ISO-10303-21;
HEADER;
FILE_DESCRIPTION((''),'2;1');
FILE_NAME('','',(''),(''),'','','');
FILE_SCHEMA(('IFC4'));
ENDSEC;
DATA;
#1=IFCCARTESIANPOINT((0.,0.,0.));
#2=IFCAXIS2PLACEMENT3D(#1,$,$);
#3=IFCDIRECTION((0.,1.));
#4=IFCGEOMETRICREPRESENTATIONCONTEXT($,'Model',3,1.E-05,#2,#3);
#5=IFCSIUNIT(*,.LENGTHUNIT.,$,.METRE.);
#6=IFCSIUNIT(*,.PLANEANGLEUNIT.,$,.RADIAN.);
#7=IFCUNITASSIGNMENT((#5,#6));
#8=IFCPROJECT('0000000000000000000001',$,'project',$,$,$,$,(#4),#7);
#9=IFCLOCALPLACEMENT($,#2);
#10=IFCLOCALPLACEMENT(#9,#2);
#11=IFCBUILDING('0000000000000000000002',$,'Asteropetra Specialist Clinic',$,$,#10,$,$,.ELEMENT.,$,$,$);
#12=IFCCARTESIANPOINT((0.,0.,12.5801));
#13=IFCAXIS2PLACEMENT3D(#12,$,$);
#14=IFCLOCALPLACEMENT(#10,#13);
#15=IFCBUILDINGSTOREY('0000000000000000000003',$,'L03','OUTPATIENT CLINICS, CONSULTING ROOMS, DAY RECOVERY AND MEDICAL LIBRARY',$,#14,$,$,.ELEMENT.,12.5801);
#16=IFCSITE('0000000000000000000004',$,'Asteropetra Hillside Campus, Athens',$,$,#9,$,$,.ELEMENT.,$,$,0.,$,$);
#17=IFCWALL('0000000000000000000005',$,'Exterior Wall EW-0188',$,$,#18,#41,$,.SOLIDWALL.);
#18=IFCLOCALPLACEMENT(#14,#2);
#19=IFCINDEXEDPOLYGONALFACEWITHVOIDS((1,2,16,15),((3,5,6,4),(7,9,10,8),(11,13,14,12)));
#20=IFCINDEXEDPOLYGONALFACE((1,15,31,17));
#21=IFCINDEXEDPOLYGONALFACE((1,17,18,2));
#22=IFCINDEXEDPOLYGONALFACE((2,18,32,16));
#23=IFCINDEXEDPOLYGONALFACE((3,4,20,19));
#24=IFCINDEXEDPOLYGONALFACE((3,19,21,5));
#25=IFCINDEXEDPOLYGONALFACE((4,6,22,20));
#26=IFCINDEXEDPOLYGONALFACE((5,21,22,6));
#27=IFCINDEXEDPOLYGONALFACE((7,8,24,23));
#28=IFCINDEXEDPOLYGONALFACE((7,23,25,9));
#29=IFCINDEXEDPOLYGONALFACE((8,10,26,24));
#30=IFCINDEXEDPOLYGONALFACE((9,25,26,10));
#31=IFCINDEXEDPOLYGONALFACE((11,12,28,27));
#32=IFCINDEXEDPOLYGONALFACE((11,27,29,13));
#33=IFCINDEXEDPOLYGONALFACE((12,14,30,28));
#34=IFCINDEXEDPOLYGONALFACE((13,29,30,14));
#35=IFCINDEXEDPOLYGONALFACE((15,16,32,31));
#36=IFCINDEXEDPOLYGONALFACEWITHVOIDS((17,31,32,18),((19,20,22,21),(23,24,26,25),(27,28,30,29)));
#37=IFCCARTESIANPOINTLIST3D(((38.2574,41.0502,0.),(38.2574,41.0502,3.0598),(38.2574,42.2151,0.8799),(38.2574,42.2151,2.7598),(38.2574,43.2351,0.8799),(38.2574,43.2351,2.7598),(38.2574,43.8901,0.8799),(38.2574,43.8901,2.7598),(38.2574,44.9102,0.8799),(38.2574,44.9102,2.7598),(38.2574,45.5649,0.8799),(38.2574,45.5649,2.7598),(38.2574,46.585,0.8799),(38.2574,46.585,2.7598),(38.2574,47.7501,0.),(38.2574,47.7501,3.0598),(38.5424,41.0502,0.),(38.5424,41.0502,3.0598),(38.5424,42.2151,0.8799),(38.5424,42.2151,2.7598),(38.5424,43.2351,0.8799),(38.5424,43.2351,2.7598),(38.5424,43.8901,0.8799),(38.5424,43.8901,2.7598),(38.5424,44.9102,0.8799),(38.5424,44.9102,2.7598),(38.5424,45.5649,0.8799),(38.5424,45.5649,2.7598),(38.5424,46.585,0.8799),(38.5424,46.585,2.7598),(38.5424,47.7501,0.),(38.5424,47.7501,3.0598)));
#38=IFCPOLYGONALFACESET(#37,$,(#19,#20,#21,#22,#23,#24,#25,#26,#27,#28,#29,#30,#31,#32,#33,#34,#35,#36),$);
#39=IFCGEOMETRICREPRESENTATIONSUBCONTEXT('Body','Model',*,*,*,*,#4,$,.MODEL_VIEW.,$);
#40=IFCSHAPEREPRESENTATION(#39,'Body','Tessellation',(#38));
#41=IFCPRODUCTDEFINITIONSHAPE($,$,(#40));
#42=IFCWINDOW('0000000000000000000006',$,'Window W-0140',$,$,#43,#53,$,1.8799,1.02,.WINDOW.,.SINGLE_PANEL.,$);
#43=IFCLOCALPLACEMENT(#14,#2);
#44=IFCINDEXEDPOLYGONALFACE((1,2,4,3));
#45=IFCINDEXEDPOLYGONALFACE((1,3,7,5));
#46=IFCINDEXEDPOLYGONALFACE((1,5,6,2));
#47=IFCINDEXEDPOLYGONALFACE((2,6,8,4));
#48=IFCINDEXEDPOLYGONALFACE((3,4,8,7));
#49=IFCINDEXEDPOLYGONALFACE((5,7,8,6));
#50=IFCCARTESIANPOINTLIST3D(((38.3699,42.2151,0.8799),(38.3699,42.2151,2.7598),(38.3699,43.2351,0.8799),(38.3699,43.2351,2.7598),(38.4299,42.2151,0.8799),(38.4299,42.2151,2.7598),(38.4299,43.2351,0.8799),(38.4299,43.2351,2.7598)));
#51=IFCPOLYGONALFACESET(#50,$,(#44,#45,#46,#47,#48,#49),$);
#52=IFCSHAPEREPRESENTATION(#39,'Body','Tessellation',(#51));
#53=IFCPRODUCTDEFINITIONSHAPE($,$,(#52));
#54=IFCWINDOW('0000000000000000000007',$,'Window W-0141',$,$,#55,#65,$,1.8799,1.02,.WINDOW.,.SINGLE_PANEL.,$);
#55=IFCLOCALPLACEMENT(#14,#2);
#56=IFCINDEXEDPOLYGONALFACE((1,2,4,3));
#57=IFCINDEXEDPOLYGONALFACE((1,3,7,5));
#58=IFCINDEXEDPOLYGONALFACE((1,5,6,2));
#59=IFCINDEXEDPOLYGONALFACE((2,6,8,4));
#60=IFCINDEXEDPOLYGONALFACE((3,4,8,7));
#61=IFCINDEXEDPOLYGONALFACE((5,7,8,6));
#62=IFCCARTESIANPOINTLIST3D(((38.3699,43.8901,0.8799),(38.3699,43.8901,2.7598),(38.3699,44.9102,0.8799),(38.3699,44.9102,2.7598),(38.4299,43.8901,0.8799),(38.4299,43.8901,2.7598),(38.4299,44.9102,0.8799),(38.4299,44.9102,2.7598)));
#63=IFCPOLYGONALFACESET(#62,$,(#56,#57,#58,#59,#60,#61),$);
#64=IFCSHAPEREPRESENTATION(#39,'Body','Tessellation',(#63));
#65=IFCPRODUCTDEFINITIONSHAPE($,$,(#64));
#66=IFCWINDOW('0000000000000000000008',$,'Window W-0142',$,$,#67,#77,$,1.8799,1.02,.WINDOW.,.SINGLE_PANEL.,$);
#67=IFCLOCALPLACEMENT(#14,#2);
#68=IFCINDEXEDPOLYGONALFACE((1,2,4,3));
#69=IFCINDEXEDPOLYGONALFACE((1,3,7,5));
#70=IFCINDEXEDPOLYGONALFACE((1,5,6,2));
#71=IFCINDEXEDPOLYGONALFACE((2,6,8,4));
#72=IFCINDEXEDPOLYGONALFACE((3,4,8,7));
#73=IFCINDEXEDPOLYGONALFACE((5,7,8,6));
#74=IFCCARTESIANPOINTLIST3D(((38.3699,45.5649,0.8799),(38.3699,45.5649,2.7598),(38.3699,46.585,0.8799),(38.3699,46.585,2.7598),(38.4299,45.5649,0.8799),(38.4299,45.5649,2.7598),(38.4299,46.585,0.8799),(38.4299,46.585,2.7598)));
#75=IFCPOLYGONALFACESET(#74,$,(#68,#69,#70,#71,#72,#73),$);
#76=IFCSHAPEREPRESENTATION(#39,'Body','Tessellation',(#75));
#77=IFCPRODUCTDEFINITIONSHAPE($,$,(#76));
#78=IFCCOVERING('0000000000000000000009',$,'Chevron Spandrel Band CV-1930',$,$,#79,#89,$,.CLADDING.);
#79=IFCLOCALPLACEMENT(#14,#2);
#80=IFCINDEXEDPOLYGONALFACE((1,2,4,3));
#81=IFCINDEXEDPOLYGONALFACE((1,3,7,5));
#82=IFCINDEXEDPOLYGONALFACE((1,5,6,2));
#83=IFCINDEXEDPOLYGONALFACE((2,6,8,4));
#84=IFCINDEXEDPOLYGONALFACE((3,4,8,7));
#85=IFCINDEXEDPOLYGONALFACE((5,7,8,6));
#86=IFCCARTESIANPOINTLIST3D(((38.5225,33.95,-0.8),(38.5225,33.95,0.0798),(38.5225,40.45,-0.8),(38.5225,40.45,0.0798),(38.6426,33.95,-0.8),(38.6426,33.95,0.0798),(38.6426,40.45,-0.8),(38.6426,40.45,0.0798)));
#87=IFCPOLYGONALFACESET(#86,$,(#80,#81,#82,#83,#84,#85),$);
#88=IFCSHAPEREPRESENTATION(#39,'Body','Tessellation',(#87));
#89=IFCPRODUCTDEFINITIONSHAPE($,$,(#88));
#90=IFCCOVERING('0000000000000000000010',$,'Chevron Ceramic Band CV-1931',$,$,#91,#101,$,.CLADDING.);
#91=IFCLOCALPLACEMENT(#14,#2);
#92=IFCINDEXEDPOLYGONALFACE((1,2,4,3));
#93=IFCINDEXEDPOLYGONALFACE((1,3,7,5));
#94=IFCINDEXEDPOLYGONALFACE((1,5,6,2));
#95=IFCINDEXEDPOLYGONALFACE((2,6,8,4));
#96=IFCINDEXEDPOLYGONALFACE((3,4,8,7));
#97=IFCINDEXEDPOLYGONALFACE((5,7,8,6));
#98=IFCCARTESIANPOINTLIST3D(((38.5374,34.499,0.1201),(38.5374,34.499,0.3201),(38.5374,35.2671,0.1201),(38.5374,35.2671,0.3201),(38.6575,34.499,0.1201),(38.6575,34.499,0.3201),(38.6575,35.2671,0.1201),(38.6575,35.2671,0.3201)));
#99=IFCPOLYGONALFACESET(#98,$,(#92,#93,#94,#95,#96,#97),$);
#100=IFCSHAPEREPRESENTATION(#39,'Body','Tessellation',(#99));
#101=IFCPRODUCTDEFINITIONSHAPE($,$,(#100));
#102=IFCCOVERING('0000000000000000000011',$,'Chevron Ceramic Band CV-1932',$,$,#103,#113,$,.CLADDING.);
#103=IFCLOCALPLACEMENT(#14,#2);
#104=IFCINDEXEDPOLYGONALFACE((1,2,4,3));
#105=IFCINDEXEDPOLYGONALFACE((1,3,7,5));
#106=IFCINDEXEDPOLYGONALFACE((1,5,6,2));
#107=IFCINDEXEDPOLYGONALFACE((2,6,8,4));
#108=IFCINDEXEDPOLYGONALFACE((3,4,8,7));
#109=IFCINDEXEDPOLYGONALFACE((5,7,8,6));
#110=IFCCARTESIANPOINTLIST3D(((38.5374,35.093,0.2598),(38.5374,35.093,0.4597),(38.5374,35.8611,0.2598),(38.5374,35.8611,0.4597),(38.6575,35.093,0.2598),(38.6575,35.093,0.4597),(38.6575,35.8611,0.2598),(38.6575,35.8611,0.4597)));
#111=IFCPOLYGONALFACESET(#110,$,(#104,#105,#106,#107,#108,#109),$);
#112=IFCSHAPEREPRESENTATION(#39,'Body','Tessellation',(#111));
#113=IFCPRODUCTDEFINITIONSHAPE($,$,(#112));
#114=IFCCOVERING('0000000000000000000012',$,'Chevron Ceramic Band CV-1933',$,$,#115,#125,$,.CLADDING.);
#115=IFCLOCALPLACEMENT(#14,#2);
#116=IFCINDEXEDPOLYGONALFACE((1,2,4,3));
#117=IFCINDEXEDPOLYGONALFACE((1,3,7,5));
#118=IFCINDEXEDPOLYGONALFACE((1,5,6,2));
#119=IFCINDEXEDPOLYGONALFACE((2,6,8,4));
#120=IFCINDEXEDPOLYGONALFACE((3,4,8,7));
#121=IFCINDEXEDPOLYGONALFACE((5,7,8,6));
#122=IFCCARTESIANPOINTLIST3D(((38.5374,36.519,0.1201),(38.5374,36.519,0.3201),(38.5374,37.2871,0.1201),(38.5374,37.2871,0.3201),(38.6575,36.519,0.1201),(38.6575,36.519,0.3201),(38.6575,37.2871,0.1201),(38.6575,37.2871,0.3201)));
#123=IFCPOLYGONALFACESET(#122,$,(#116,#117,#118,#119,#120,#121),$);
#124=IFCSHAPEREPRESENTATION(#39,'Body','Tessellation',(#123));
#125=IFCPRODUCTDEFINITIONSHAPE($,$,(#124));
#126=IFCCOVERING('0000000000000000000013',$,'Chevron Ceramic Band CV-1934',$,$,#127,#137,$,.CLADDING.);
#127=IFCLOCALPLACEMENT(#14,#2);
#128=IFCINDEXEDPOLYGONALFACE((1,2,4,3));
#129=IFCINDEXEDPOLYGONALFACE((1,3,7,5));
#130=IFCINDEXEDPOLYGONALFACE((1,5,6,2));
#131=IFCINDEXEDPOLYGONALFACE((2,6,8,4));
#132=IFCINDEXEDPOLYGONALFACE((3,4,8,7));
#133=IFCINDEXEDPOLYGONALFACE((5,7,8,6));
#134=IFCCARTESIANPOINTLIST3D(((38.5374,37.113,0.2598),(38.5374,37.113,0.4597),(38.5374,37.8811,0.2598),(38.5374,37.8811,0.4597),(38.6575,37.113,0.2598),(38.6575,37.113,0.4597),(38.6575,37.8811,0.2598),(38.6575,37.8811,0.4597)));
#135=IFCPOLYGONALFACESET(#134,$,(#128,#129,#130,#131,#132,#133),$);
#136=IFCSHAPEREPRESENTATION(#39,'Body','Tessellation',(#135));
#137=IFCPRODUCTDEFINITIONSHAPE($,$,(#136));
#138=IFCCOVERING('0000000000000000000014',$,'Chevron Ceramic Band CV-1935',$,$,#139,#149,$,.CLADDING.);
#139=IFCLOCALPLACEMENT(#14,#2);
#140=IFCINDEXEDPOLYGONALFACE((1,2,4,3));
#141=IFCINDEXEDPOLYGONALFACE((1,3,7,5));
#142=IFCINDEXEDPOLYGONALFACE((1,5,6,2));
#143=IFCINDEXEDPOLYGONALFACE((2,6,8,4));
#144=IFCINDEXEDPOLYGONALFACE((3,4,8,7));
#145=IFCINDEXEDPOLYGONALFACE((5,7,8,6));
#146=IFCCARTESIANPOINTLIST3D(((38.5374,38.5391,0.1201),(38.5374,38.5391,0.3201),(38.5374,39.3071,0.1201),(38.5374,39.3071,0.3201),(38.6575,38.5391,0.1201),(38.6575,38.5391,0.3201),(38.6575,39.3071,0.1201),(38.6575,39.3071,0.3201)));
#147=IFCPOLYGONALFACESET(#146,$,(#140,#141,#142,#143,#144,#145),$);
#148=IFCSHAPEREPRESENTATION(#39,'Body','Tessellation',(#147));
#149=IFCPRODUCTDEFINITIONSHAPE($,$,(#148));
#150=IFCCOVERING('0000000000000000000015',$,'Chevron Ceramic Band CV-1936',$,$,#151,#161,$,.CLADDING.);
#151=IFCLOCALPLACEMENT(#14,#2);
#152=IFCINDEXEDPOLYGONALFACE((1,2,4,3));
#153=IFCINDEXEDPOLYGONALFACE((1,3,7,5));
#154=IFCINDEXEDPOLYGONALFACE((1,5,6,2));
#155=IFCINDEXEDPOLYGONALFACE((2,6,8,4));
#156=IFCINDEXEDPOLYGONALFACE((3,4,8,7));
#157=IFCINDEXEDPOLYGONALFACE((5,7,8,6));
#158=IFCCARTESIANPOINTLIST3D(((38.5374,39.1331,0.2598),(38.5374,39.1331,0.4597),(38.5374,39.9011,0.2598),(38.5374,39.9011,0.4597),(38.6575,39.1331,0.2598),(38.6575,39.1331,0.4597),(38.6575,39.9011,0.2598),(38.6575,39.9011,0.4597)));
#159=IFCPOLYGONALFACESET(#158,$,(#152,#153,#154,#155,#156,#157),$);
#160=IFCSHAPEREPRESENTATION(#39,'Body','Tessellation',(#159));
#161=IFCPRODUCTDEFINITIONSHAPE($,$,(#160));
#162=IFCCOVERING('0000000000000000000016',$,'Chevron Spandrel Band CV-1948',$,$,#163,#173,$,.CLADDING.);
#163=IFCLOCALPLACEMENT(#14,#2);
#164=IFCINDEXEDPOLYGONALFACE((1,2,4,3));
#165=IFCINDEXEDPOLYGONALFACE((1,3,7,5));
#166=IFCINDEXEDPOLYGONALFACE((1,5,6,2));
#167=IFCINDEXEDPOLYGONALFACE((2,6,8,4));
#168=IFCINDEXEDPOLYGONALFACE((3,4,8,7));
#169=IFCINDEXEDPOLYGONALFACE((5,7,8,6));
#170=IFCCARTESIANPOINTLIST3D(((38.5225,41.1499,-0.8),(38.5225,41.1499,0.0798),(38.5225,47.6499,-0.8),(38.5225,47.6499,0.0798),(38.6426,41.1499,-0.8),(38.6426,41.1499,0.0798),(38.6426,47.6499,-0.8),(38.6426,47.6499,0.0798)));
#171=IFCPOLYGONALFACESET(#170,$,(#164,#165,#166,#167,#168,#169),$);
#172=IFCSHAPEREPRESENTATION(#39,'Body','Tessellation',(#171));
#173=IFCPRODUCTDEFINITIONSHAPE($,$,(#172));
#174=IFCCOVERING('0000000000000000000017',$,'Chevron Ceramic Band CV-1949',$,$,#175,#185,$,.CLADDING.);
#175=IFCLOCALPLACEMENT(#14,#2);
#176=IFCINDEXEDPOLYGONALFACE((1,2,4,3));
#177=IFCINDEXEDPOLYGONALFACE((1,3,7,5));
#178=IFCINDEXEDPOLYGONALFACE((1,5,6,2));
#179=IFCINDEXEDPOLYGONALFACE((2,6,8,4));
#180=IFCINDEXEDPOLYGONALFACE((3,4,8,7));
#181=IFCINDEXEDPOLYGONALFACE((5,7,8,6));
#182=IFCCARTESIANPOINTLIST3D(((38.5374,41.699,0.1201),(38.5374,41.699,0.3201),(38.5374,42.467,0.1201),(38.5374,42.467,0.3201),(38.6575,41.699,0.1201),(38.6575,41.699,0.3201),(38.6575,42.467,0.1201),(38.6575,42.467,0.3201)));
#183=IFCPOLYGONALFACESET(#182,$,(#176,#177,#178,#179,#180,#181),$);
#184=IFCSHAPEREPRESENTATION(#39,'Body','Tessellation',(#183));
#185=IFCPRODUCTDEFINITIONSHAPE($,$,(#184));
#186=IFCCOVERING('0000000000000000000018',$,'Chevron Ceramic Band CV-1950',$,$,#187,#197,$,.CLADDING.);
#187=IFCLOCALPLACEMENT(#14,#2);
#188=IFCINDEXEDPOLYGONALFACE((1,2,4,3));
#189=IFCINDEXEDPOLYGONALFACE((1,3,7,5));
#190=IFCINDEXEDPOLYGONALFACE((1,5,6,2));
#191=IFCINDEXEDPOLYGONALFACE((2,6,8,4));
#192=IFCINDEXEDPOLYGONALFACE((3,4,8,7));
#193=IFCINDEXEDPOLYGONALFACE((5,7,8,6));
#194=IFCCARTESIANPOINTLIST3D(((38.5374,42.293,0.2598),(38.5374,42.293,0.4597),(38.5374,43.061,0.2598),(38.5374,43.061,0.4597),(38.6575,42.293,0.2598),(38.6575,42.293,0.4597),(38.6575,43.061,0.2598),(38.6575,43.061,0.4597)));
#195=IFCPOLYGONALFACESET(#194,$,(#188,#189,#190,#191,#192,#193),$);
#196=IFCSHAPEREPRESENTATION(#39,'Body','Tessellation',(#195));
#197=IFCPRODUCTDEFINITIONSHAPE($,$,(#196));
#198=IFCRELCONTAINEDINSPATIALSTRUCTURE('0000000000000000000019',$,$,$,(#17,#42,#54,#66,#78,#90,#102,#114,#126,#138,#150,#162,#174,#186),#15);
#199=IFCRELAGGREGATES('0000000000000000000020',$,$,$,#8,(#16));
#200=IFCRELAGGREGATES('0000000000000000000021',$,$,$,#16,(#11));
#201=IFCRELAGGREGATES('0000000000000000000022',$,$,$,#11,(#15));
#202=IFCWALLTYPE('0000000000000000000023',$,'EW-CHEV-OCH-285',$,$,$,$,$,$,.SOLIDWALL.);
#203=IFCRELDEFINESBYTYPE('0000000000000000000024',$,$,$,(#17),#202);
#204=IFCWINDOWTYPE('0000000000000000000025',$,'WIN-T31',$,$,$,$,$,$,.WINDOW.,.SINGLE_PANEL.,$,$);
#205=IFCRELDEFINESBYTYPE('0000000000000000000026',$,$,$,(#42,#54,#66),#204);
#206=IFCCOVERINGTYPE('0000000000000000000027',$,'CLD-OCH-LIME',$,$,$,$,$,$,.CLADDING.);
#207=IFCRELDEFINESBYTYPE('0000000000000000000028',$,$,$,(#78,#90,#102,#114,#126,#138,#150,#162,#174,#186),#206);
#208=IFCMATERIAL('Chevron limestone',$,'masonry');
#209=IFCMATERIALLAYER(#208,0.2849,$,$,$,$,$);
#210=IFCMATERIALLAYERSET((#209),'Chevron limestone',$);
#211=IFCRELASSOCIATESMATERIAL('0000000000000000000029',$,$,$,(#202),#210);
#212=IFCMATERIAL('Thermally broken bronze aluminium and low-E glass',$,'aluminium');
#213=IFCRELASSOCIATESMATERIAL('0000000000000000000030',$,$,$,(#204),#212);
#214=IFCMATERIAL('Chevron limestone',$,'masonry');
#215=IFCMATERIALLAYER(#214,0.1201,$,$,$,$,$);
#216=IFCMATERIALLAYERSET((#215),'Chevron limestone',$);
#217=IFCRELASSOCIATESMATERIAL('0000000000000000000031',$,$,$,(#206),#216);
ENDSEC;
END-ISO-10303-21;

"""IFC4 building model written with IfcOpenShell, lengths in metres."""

from ifc_helpers import new_model, si_unit, direction, frame, frame_2d, origin, origin_2d, place, context, subcontext, project, spatial, rectangle, extrude, material, layer, layer_set, type_object, element, fill, save


model = new_model("IFC4")

# Units and contexts
model_context = context("Model", 3, precision=1e-05, world=origin(), true_north=direction((0.0, 1.0)))
body_context = subcontext(model_context, "Body", "Model", "MODEL_VIEW")
ifc_project = project(units=[si_unit("LENGTHUNIT", "METRE"), si_unit("PLANEANGLEUNIT", "RADIAN")], contexts=[model_context])

# Site, building, storey
site_placement = place(None, origin())
site = spatial("IfcSite", under=ifc_project, at=site_placement, Name="Asteropetra Hillside Campus, Athens", CompositionType="ELEMENT", RefElevation=0.0)
building_placement = place(site_placement, origin())
building = spatial("IfcBuilding", under=site, at=building_placement, Name="Asteropetra Specialist Clinic", CompositionType="ELEMENT")
storey_placement = place(building_placement, frame((0.0, 0.0, 12.5801)))
storey = spatial("IfcBuildingStorey", under=building, at=storey_placement, Name="L03", Description="OUTPATIENT CLINICS, CONSULTING ROOMS, DAY RECOVERY AND MEDICAL LIBRARY", CompositionType="ELEMENT", Elevation=12.5801)

# Wall, openings, windows
ifc_material_1 = material(Name="Chevron limestone", Category="masonry")
ifc_layer_1 = layer(ifc_material_1, 0.2849)
ifc_layer_set_1 = layer_set([ifc_layer_1], Name="Chevron limestone")
wall_type = type_object("IfcWallType", Name="EW-CHEV-OCH-285", PredefinedType="SOLIDWALL", material=ifc_layer_set_1)
ifc_material_2 = material(Name="Thermally broken bronze aluminium and low-E glass", Category="aluminium")
window_type = type_object("IfcWindowType", Name="WIN-T31", PartitioningType="SINGLE_PANEL", PredefinedType="WINDOW", material=ifc_material_2)
wall_1_placement = place(storey_placement, frame((38.3999, 41.05, 0.0), z_axis=(0.0, 0.0, 1.0), x_axis=(0.0, 1.0, 0.0)))
wall_1 = element("IfcWall", 1, at=wall_1_placement, inside=storey, type_object=wall_type, Name="Exterior Wall EW-0188", PredefinedType="SOLIDWALL", context=body_context, shape_type="SweptSolid", body=[
    extrude(rectangle(XDim=6.7, YDim=0.2849, at=frame_2d((3.3501, 0.0))), origin(), (0.0, 0.0, 1.0), 3.0598),
])
opening_1_placement = place(wall_1_placement, frame((1.165, 0.0, 0.8799)))
opening_1 = element("IfcOpeningElement", 2, at=opening_1_placement, cuts=wall_1, PredefinedType="OPENING", context=body_context, shape_type="SweptSolid", body=[
    extrude(rectangle(XDim=1.02, YDim=1.8799, at=frame_2d((0.51, 0.9399))), frame((0.0, 0.1523, 0.0), z_axis=(0.0, -1.0, 0.0), x_axis=(1.0, 0.0, 0.0)), (0.0, 0.0, 1.0), 0.3049),
])
opening_2_placement = place(wall_1_placement, frame((2.8401, 0.0, 0.8799)))
opening_2 = element("IfcOpeningElement", 3, at=opening_2_placement, cuts=wall_1, PredefinedType="OPENING", context=body_context, shape_type="SweptSolid", body=[
    extrude(rectangle(XDim=1.02, YDim=1.8799, at=frame_2d((0.51, 0.9399))), frame((0.0, 0.1523, 0.0), z_axis=(0.0, -1.0, 0.0), x_axis=(1.0, 0.0, 0.0)), (0.0, 0.0, 1.0), 0.3049),
])
opening_3_placement = place(wall_1_placement, frame((4.5149, 0.0, 0.8799)))
opening_3 = element("IfcOpeningElement", 4, at=opening_3_placement, cuts=wall_1, PredefinedType="OPENING", context=body_context, shape_type="SweptSolid", body=[
    extrude(rectangle(XDim=1.02, YDim=1.8799, at=frame_2d((0.51, 0.9399))), frame((0.0, 0.1523, 0.0), z_axis=(0.0, -1.0, 0.0), x_axis=(1.0, 0.0, 0.0)), (0.0, 0.0, 1.0), 0.3049),
])
window_1_placement = place(opening_1_placement, origin())
window_1 = element("IfcWindow", 5, at=window_1_placement, inside=storey, type_object=window_type, Name="Window W-0140", OverallHeight=1.8799, OverallWidth=1.02, PartitioningType="SINGLE_PANEL", PredefinedType="WINDOW", context=body_context, shape_type="SweptSolid", body=[
    extrude(rectangle(XDim=1.02, YDim=1.8799, at=frame_2d((0.51, 0.9399))), frame((0.0, 0.03, 0.0), z_axis=(0.0, -1.0, 0.0), x_axis=(1.0, 0.0, 0.0)), (0.0, 0.0, 1.0), 0.0601),
])
fill(opening_1, window_1)
window_2_placement = place(opening_2_placement, origin())
window_2 = element("IfcWindow", 6, at=window_2_placement, inside=storey, type_object=window_type, Name="Window W-0141", OverallHeight=1.8799, OverallWidth=1.02, PartitioningType="SINGLE_PANEL", PredefinedType="WINDOW", context=body_context, shape_type="SweptSolid", body=[
    extrude(rectangle(XDim=1.02, YDim=1.8799, at=frame_2d((0.51, 0.9399))), frame((0.0, 0.03, 0.0), z_axis=(0.0, -1.0, 0.0), x_axis=(1.0, 0.0, 0.0)), (0.0, 0.0, 1.0), 0.0601),
])
fill(opening_2, window_2)
window_3_placement = place(opening_3_placement, origin())
window_3 = element("IfcWindow", 7, at=window_3_placement, inside=storey, type_object=window_type, Name="Window W-0142", OverallHeight=1.8799, OverallWidth=1.02, PartitioningType="SINGLE_PANEL", PredefinedType="WINDOW", context=body_context, shape_type="SweptSolid", body=[
    extrude(rectangle(XDim=1.02, YDim=1.8799, at=frame_2d((0.51, 0.9399))), frame((0.0, 0.03, 0.0), z_axis=(0.0, -1.0, 0.0), x_axis=(1.0, 0.0, 0.0)), (0.0, 0.0, 1.0), 0.0601),
])
fill(opening_3, window_3)

# Coverings
ifc_material_3 = material(Name="Chevron limestone", Category="masonry")
ifc_layer_2 = layer(ifc_material_3, 0.1201)
ifc_layer_set_2 = layer_set([ifc_layer_2], Name="Chevron limestone")
covering_type_1 = type_object("IfcCoveringType", Name="CLD-OCH-LIME", PredefinedType="CLADDING", material=ifc_layer_set_2)
covering_1_placement = place(storey_placement, frame((38.5825, 37.2, -0.8), z_axis=(0.0, 0.0, 1.0), x_axis=(1.0, 0.0, 0.0)))
element("IfcCovering", 8, at=covering_1_placement, inside=storey, type_object=covering_type_1, Name="Chevron Spandrel Band CV-1930", PredefinedType="CLADDING", context=body_context, shape_type="SweptSolid", body=[
    extrude(rectangle(XDim=0.1201, YDim=6.5, at=origin_2d()), origin(), (0.0, 0.0, 1.0), 0.8799),
])
for number, where, z_axis, x_axis, name in (
    (9, (38.5974, 34.8831, 0.1201), (0.0, 0.0, 1.0), (1.0, 0.0, 0.0), "Chevron Ceramic Band CV-1931"),
    (10, (38.5974, 35.4771, 0.2598), (0.0, 0.0, 1.0), (1.0, 0.0, 0.0), "Chevron Ceramic Band CV-1932"),
    (11, (38.5974, 36.9031, 0.1201), (0.0, 0.0, 1.0), (1.0, 0.0, 0.0), "Chevron Ceramic Band CV-1933"),
    (12, (38.5974, 37.4971, 0.2598), (0.0, 0.0, 1.0), (1.0, 0.0, 0.0), "Chevron Ceramic Band CV-1934"),
    (13, (38.5974, 38.9231, 0.1201), (0.0, 0.0, 1.0), (1.0, 0.0, 0.0), "Chevron Ceramic Band CV-1935"),
    (14, (38.5974, 39.5171, 0.2598), (0.0, 0.0, 1.0), (1.0, 0.0, 0.0), "Chevron Ceramic Band CV-1936"),
):
    element("IfcCovering", number, at=place(storey_placement, frame(where, z_axis=z_axis, x_axis=x_axis)), inside=storey, type_object=covering_type_1, Name=name, PredefinedType="CLADDING", context=body_context, shape_type="SweptSolid", body=[
        extrude(rectangle(XDim=0.1201, YDim=0.7681, at=origin_2d()), origin(), (0.0, 0.0, 1.0), 0.2),
    ])
covering_2_placement = place(storey_placement, frame((38.5825, 44.3999, -0.8), z_axis=(0.0, 0.0, 1.0), x_axis=(1.0, 0.0, 0.0)))
element("IfcCovering", 15, at=covering_2_placement, inside=storey, type_object=covering_type_1, Name="Chevron Spandrel Band CV-1948", PredefinedType="CLADDING", context=body_context, shape_type="SweptSolid", body=[
    extrude(rectangle(XDim=0.1201, YDim=6.5, at=origin_2d()), origin(), (0.0, 0.0, 1.0), 0.8799),
])
for number, where, z_axis, x_axis, name in (
    (16, (38.5974, 42.083, 0.1201), (0.0, 0.0, 1.0), (1.0, 0.0, 0.0), "Chevron Ceramic Band CV-1949"),
    (17, (38.5974, 42.677, 0.2598), (0.0, 0.0, 1.0), (1.0, 0.0, 0.0), "Chevron Ceramic Band CV-1950"),
):
    element("IfcCovering", number, at=place(storey_placement, frame(where, z_axis=z_axis, x_axis=x_axis)), inside=storey, type_object=covering_type_1, Name=name, PredefinedType="CLADDING", context=body_context, shape_type="SweptSolid", body=[
        extrude(rectangle(XDim=0.1201, YDim=0.7681, at=origin_2d()), origin(), (0.0, 0.0, 1.0), 0.2),
    ])

save(model, "model.ifc")
